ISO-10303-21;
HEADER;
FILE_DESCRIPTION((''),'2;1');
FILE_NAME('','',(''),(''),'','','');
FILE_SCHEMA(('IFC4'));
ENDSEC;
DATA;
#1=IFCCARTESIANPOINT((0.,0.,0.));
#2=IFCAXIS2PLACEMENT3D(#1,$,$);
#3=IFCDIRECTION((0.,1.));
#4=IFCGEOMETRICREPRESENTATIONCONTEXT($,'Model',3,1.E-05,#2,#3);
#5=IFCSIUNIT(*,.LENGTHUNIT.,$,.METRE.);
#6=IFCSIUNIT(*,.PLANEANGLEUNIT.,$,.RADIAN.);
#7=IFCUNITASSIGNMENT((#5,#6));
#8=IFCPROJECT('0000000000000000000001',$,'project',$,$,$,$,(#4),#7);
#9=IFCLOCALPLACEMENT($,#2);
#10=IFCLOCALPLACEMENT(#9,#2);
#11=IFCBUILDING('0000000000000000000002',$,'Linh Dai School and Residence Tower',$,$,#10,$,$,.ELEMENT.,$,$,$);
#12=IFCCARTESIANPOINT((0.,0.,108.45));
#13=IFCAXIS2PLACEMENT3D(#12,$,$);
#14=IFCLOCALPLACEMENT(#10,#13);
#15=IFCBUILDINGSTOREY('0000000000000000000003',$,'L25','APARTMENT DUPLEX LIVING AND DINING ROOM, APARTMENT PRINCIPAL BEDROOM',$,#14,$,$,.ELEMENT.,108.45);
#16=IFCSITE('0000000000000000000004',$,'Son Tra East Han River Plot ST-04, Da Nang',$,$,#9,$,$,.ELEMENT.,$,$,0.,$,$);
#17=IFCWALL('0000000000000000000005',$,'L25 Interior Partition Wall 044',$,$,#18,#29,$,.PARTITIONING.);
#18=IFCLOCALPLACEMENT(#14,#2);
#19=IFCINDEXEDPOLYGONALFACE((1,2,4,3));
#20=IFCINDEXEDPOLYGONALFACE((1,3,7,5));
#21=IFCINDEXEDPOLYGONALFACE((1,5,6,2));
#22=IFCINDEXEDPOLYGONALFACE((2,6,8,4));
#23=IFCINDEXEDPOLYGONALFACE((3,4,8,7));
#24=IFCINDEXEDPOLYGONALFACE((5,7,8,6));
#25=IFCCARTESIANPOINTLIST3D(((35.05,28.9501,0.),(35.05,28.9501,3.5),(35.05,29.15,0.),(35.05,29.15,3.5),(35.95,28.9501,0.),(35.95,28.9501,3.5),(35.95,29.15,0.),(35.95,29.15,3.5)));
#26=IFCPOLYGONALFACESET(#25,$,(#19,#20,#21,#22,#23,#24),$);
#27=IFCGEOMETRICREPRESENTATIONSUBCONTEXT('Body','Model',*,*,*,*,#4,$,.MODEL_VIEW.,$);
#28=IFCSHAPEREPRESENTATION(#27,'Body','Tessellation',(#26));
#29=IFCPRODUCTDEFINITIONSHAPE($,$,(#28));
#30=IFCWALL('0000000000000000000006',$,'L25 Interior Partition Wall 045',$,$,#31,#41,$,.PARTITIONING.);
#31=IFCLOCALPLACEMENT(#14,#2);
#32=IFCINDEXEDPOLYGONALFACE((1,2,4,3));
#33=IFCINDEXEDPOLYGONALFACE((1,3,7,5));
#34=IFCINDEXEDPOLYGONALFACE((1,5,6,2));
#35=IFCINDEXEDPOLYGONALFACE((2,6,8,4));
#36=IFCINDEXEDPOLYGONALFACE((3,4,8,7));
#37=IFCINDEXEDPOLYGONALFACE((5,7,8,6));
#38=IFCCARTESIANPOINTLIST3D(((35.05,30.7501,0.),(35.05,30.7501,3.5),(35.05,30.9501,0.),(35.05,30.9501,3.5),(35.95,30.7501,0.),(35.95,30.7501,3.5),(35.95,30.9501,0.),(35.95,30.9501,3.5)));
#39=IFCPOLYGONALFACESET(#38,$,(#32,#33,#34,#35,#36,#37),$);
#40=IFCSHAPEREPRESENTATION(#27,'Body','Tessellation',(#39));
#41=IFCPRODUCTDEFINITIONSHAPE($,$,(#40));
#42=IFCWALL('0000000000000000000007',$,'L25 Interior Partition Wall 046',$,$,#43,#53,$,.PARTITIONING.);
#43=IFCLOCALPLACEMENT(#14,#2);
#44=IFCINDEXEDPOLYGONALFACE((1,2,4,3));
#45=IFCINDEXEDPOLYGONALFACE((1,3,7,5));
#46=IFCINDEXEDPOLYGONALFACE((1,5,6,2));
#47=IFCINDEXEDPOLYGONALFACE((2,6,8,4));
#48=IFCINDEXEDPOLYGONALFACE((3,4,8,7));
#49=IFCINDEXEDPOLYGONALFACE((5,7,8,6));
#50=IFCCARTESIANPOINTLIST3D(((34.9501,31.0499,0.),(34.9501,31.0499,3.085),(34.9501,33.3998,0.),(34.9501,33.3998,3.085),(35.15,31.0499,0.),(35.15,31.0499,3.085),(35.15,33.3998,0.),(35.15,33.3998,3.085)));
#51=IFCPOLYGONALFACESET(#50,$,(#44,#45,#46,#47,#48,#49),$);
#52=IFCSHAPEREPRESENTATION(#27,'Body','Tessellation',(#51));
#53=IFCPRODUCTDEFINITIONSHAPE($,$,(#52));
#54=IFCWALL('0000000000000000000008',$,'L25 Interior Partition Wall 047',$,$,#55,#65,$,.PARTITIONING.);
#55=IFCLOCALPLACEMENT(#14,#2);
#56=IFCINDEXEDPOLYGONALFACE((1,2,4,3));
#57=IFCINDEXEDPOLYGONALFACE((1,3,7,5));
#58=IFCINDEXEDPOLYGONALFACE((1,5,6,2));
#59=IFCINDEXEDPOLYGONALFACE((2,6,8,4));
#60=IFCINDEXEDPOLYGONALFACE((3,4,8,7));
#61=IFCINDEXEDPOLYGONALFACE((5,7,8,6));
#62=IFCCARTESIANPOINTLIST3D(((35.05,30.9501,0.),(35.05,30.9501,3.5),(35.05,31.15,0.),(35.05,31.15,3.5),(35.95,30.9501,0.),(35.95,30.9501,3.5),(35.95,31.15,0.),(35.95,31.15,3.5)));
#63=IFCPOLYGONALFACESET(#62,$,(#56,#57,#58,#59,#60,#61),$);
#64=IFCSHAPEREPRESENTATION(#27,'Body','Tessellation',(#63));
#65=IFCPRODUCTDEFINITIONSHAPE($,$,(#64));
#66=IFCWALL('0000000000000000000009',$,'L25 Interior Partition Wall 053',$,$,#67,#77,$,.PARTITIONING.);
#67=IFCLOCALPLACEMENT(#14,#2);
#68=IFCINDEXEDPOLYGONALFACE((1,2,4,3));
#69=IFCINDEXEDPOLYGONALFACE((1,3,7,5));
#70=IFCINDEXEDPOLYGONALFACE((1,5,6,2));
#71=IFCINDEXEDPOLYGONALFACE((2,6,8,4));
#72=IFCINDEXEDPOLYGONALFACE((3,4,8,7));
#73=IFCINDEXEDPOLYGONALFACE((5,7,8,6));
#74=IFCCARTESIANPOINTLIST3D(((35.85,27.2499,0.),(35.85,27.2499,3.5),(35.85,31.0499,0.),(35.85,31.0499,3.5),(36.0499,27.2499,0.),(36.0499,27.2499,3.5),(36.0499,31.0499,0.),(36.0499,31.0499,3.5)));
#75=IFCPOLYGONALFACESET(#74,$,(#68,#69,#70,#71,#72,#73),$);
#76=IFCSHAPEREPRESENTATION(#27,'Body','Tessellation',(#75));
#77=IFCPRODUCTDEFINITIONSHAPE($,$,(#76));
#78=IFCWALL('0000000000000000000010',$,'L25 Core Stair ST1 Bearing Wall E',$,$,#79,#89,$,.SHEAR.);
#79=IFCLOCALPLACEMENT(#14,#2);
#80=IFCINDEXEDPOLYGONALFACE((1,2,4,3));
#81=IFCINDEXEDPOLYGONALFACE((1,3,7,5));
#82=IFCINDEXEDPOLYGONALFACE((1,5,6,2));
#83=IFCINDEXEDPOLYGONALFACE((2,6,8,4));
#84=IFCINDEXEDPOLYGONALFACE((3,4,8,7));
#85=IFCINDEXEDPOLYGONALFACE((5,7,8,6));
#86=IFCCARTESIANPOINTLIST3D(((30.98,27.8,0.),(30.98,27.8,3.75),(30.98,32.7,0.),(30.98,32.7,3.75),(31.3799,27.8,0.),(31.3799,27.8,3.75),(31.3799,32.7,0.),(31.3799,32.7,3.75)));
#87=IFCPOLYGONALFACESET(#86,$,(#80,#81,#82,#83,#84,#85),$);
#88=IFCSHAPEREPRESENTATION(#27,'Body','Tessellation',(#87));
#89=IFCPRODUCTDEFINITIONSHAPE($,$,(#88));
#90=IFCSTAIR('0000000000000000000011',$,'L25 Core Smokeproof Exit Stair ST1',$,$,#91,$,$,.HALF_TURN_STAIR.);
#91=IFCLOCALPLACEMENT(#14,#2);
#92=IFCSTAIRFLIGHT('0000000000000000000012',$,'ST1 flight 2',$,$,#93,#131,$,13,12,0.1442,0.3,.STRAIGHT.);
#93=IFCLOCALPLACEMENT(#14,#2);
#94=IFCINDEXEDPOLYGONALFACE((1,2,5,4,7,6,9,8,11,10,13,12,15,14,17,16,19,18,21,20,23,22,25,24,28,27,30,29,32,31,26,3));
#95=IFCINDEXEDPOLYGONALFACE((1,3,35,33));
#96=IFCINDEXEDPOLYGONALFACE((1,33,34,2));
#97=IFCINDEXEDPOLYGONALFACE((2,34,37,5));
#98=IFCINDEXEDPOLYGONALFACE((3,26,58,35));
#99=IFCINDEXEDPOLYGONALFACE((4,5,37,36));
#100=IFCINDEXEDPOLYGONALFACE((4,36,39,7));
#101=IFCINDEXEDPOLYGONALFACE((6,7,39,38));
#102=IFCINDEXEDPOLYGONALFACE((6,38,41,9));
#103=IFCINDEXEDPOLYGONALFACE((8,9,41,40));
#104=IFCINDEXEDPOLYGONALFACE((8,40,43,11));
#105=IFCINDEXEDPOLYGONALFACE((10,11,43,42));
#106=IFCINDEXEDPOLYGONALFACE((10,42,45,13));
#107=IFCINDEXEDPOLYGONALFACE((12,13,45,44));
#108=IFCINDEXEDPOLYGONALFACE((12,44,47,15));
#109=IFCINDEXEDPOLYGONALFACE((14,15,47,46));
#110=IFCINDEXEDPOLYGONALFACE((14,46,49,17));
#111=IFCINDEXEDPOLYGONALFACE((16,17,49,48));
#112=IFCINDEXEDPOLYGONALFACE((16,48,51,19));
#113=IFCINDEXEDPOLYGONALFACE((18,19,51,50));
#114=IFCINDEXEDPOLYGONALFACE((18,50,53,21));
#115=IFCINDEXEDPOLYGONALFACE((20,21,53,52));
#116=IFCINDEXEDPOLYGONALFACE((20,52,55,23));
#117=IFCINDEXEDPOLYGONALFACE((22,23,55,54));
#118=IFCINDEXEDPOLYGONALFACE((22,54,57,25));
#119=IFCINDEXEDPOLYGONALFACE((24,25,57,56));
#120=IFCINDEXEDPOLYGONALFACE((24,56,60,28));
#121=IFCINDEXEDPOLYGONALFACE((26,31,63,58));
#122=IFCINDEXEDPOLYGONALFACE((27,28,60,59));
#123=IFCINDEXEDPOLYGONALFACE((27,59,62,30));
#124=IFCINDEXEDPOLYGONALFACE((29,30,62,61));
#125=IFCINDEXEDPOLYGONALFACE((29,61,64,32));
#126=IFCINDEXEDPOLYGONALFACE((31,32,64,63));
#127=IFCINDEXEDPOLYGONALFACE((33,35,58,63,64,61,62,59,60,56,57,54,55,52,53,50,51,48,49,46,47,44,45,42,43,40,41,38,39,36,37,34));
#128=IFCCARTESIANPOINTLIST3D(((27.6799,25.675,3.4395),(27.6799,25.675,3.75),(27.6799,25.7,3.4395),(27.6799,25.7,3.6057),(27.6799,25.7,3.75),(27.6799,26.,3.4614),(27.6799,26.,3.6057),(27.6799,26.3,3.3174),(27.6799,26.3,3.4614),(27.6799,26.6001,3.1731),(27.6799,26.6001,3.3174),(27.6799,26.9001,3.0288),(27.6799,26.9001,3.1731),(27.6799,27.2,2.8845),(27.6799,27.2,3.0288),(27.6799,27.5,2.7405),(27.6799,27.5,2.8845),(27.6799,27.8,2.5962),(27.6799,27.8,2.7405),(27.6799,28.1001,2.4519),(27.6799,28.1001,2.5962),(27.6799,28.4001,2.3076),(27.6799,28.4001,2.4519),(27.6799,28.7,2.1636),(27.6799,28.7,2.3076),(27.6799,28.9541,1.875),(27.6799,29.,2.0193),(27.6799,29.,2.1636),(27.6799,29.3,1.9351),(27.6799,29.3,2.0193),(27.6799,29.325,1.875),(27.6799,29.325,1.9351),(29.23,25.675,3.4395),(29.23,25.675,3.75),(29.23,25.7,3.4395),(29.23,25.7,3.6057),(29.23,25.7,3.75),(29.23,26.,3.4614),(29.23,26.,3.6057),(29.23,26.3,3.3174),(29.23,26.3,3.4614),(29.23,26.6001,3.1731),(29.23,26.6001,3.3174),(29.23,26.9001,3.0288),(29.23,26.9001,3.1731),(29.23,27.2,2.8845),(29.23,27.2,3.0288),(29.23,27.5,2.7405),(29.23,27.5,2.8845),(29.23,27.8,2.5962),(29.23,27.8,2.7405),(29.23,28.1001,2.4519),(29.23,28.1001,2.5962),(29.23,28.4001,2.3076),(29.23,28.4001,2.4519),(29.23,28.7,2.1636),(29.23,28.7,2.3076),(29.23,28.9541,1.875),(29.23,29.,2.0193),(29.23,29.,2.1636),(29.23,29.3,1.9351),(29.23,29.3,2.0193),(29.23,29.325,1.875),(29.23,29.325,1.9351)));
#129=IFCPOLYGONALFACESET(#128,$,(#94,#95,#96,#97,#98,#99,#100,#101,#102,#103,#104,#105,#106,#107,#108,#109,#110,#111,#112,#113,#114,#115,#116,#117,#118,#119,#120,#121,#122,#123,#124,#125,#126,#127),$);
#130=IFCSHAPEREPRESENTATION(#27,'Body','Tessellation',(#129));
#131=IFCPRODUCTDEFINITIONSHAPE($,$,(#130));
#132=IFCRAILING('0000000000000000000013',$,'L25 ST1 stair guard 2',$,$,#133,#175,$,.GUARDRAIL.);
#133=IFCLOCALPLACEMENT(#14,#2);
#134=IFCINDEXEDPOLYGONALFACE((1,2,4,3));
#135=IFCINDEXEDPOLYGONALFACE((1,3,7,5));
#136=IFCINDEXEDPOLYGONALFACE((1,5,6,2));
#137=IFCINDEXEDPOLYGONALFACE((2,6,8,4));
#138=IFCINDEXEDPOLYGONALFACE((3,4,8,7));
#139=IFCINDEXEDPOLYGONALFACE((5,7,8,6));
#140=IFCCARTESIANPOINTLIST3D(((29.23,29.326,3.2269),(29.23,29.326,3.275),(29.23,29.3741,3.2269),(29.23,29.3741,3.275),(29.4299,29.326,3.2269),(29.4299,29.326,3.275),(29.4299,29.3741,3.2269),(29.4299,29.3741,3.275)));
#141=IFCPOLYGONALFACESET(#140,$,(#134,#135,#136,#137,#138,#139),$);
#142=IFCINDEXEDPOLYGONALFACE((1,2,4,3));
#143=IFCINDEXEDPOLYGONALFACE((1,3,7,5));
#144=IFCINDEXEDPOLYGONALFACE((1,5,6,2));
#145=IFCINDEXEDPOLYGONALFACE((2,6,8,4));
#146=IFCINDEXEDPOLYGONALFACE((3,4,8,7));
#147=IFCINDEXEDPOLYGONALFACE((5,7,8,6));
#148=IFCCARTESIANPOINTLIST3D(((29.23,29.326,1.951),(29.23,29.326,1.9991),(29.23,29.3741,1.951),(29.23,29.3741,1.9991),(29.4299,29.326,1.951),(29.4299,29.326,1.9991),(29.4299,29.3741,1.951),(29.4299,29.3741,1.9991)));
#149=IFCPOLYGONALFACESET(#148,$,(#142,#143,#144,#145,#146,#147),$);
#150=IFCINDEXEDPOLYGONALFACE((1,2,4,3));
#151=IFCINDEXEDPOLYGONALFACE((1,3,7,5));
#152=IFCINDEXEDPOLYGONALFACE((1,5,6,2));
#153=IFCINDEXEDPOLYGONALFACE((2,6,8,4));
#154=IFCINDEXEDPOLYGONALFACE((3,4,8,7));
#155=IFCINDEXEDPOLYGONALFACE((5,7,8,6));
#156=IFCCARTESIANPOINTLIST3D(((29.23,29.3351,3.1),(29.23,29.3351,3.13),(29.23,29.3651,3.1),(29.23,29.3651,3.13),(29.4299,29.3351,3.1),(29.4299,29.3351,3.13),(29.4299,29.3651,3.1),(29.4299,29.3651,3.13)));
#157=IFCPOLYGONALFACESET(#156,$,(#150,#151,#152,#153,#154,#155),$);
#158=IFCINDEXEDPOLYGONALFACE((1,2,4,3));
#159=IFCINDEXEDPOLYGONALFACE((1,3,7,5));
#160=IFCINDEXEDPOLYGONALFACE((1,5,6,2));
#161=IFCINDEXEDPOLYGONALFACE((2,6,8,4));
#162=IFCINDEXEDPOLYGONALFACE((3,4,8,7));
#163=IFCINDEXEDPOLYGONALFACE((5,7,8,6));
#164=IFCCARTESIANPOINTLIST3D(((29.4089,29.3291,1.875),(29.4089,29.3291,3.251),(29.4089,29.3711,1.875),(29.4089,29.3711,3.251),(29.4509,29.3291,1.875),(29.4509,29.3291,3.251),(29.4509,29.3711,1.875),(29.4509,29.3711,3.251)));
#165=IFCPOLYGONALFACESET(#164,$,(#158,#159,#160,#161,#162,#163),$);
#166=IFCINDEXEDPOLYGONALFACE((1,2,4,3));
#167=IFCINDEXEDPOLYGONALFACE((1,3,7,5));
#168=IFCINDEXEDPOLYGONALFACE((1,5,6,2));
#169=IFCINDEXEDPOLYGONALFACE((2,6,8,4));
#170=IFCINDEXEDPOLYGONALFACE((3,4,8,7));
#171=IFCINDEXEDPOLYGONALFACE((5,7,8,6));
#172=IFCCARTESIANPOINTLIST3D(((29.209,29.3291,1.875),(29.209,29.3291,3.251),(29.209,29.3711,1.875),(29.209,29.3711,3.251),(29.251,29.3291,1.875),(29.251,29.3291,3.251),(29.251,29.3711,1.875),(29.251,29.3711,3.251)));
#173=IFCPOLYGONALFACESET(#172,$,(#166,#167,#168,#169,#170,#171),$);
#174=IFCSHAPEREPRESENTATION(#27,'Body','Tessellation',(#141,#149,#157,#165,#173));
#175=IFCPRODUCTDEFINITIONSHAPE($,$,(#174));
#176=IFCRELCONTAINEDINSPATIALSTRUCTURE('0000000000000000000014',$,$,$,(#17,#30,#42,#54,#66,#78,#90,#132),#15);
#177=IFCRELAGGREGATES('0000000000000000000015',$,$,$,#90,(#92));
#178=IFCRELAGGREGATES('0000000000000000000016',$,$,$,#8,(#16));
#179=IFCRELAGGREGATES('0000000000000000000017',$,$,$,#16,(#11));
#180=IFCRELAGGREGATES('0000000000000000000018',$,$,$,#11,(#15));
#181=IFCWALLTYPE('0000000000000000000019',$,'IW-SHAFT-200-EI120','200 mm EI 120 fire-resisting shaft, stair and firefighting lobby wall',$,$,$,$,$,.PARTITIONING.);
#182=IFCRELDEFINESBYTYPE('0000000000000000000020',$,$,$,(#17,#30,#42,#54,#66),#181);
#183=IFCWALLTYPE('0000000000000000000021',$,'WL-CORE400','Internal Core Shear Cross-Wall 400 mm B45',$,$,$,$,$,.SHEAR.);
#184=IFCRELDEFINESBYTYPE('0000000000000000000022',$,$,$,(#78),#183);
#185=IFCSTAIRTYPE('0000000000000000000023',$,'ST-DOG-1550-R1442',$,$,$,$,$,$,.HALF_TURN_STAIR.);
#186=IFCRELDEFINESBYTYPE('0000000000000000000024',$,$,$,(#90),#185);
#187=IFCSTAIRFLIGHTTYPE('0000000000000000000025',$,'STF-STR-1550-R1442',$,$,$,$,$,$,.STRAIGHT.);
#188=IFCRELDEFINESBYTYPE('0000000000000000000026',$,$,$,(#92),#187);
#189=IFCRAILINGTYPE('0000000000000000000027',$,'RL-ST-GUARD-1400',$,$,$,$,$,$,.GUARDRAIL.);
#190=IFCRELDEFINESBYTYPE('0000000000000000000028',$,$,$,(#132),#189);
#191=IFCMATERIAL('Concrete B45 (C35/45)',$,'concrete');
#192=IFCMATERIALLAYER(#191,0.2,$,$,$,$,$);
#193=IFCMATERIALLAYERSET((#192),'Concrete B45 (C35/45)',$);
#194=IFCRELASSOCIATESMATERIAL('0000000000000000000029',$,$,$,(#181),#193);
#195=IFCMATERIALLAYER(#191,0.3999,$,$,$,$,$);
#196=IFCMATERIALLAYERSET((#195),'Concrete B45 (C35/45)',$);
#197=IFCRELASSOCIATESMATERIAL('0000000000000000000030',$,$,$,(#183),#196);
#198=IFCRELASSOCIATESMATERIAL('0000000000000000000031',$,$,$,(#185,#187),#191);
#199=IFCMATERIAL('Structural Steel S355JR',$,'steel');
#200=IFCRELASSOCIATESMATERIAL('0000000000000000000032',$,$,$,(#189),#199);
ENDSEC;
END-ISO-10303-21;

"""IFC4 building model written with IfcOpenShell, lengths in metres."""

from ifc_helpers import new_model, si_unit, direction, frame, frame_2d, origin, origin_2d, place, context, subcontext, project, spatial, polyline, rectangle, outline, extrude, source, transform, mapped, material, layer, layer_set, type_object, element, aggregate, save


model = new_model("IFC4")

# Units and contexts
model_context = context("Model", 3, precision=1e-05, world=origin(), true_north=direction((0.0, 1.0)))
body_context = subcontext(model_context, "Body", "Model", "MODEL_VIEW")
ifc_project = project(units=[si_unit("LENGTHUNIT", "METRE"), si_unit("PLANEANGLEUNIT", "RADIAN")], contexts=[model_context])

# Site, building, storey
site_placement = place(None, origin())
site = spatial("IfcSite", under=ifc_project, at=site_placement, Name="Son Tra East Han River Plot ST-04, Da Nang", CompositionType="ELEMENT", RefElevation=0.0)
building_placement = place(site_placement, origin())
building = spatial("IfcBuilding", under=site, at=building_placement, Name="Linh Dai School and Residence Tower", CompositionType="ELEMENT")
storey_placement = place(building_placement, frame((0.0, 0.0, 108.45)))
storey = spatial("IfcBuildingStorey", under=building, at=storey_placement, Name="L25", Description="APARTMENT DUPLEX LIVING AND DINING ROOM, APARTMENT PRINCIPAL BEDROOM", CompositionType="ELEMENT", Elevation=108.45)

# Shared definitions
ifc_material_1 = material(Name="Structural Steel S355JR", Category="steel")

# Shared definitions
ifc_material_2 = material(Name="Concrete B45 (C35/45)", Category="concrete")
ifc_layer_1 = layer(ifc_material_2, 0.2)
ifc_layer_set_1 = layer_set([ifc_layer_1], Name="Concrete B45 (C35/45)")
wall_type_1 = type_object("IfcWallType", Name="IW-SHAFT-200-EI120", Description="200 mm EI 120 fire-resisting shaft, stair and firefighting lobby wall", PredefinedType="PARTITIONING", material=ifc_layer_set_1)

# Walls
for number, where, z_axis, x_axis, name in (
    (1, (35.05, 29.05, 0.0), (0.0, 0.0, 1.0), (1.0, 0.0, 0.0), "L25 Interior Partition Wall 044"),
    (2, (35.05, 30.8501, 0.0), (0.0, 0.0, 1.0), (1.0, 0.0, 0.0), "L25 Interior Partition Wall 045"),
):
    element("IfcWall", number, at=place(storey_placement, frame(where, z_axis=z_axis, x_axis=x_axis)), inside=storey, type_object=wall_type_1, Name=name, PredefinedType="PARTITIONING", context=body_context, shape_type="SweptSolid", body=[
        extrude(rectangle(XDim=0.8999, YDim=0.2, at=frame_2d((0.45, 0.0))), origin(), (0.0, 0.0, 1.0), 3.5),
    ])
wall_1_placement = place(storey_placement, frame((35.05, 31.05, 0.0), z_axis=(0.0, 0.0, 1.0), x_axis=(0.0, 1.0, 0.0)))
element("IfcWall", 3, at=wall_1_placement, inside=storey, type_object=wall_type_1, Name="L25 Interior Partition Wall 046", PredefinedType="PARTITIONING", context=body_context, shape_type="SweptSolid", body=[
    extrude(rectangle(XDim=2.3499, YDim=0.2, at=frame_2d((1.1748, 0.0))), origin(), (0.0, 0.0, 1.0), 3.085),
])
wall_2_placement = place(storey_placement, frame((35.05, 31.05, 0.0), z_axis=(0.0, 0.0, 1.0), x_axis=(1.0, 0.0, 0.0)))
element("IfcWall", 4, at=wall_2_placement, inside=storey, type_object=wall_type_1, Name="L25 Interior Partition Wall 047", PredefinedType="PARTITIONING", context=body_context, shape_type="SweptSolid", body=[
    extrude(rectangle(XDim=0.8999, YDim=0.2, at=frame_2d((0.45, 0.0))), origin(), (0.0, 0.0, 1.0), 3.5),
])
wall_3_placement = place(storey_placement, frame((35.95, 27.25, 0.0), z_axis=(0.0, 0.0, 1.0), x_axis=(0.0, 1.0, 0.0)))
element("IfcWall", 5, at=wall_3_placement, inside=storey, type_object=wall_type_1, Name="L25 Interior Partition Wall 053", PredefinedType="PARTITIONING", context=body_context, shape_type="SweptSolid", body=[
    extrude(rectangle(XDim=3.8, YDim=0.2, at=frame_2d((1.8999, 0.0))), origin(), (0.0, 0.0, 1.0), 3.5),
])

# Wall
ifc_layer_2 = layer(ifc_material_2, 0.3999)
ifc_layer_set_2 = layer_set([ifc_layer_2], Name="Concrete B45 (C35/45)")
wall_type_2 = type_object("IfcWallType", Name="WL-CORE400", Description="Internal Core Shear Cross-Wall 400 mm B45", PredefinedType="SHEAR", material=ifc_layer_set_2)
wall_4_placement = place(storey_placement, frame((31.1799, 27.8, 0.0), z_axis=(0.0, 0.0, 1.0), x_axis=(0.0, 1.0, 0.0)))
element("IfcWall", 6, at=wall_4_placement, inside=storey, type_object=wall_type_2, Name="L25 Core Stair ST1 Bearing Wall E", PredefinedType="SHEAR", context=body_context, shape_type="SweptSolid", body=[
    extrude(rectangle(XDim=4.8999, YDim=0.3999, at=frame_2d((2.45, 0.0))), origin(), (0.0, 0.0, 1.0), 3.75),
])

# Stair, stair flight
stair_type = type_object("IfcStairType", Name="ST-DOG-1550-R1442", PredefinedType="HALF_TURN_STAIR", material=ifc_material_2)
stair_placement = place(storey_placement, origin())
stair = element("IfcStair", 7, at=stair_placement, inside=storey, type_object=stair_type, Name="L25 Core Smokeproof Exit Stair ST1", PredefinedType="HALF_TURN_STAIR")
stair_flight_type = type_object("IfcStairFlightType", Name="STF-STR-1550-R1442", PredefinedType="STRAIGHT", material=ifc_material_2)
shared_shape_1 = source(origin(), body_context, "Body", "SweptSolid", [
    extrude(outline(polyline([(-0.0249, 0.0), (-0.0249, 0.0601), (0.0, 0.0601), (0.0, 0.1443), (0.3, 0.1443), (0.3, 0.2886), (0.6001, 0.2886), (0.6001, 0.4326), (0.8999, 0.4326), (0.8999, 0.5769), (1.2, 0.5769), (1.2, 0.7212), (1.5, 0.7212), (1.5, 0.8655), (1.8, 0.8655), (1.8, 1.0095), (2.1001, 1.0095), (2.1001, 1.1538), (2.3999, 1.1538), (2.3999, 1.2981), (2.7, 1.2981), (2.7, 1.4424), (3.0, 1.4424), (3.0, 1.5864), (3.3, 1.5864), (3.3, 1.7307), (3.6001, 1.7307), (3.6001, 1.875), (3.625, 1.875), (3.625, 1.5645), (3.6001, 1.5645), (0.3459, 0.0), (-0.0249, 0.0)])), frame((0.0, 0.7749, 0.0), z_axis=(0.0, -1.0, 0.0), x_axis=(1.0, 0.0, 0.0)), (0.0, 0.0, 1.0), 1.55),
])
stair_flight_placement = place(storey_placement, frame((28.4551, 29.3, 1.875), z_axis=(0.0, 0.0, 1.0), x_axis=(0.0, -1.0, 0.0)))
stair_flight = element("IfcStairFlight", 8, at=stair_flight_placement, type_object=stair_flight_type, Name="ST1 flight 2", NumberOfRisers=13, NumberOfTreads=12, PredefinedType="STRAIGHT", RiserHeight=0.1442, TreadLength=0.3, context=body_context, shape_type="MappedRepresentation", body=[
    mapped(shared_shape_1, transform((0.0, 0.0, 0.0), x_axis=(1.0, 0.0, 0.0), y_axis=(0.0, 1.0, 0.0), z_axis=(0.0, 0.0, 1.0), scale=1.0)),
])
aggregate(stair, [stair_flight])

# Railing
railing_type_1 = type_object("IfcRailingType", Name="RL-ST-GUARD-1400", PredefinedType="GUARDRAIL", material=ifc_material_1)
shared_shape_2 = source(origin(), body_context, "Body", "SweptSolid", [
    extrude(rectangle(XDim=0.0481, YDim=0.0481, at=origin_2d()), frame((0.0, 0.0, 1.376), z_axis=(-1.0, 0.0, 0.0), x_axis=(0.0, -1.0, 0.0)), (0.0, 0.0, 1.0), 0.2),
    extrude(rectangle(XDim=0.0481, YDim=0.0481, at=origin_2d()), frame((0.0, 0.0, 0.1001), z_axis=(-1.0, 0.0, 0.0), x_axis=(0.0, -1.0, 0.0)), (0.0, 0.0, 1.0), 0.2),
    extrude(rectangle(XDim=0.03, YDim=0.03, at=origin_2d()), frame((0.0, 0.0, 1.24), z_axis=(-1.0, 0.0, 0.0), x_axis=(0.0, -1.0, 0.0)), (0.0, 0.0, 1.0), 0.2),
    extrude(rectangle(XDim=0.042, YDim=0.042, at=origin_2d()), origin(), (0.0, 0.0, 1.0), 1.376),
    extrude(rectangle(XDim=0.042, YDim=0.042, at=origin_2d()), frame((-0.2, 0.0, 0.0)), (0.0, 0.0, 1.0), 1.376),
])
railing_1_placement = place(storey_placement, frame((29.4299, 29.3501, 1.875)))
element("IfcRailing", 9, at=railing_1_placement, inside=storey, type_object=railing_type_1, Name="L25 ST1 stair guard 2", PredefinedType="GUARDRAIL", context=body_context, shape_type="MappedRepresentation", body=[
    mapped(shared_shape_2, transform((0.0, 0.0, 0.0), x_axis=(1.0, 0.0, 0.0), y_axis=(0.0, 1.0, 0.0), z_axis=(0.0, 0.0, 1.0), scale=1.0)),
])

save(model, "model.ifc")
